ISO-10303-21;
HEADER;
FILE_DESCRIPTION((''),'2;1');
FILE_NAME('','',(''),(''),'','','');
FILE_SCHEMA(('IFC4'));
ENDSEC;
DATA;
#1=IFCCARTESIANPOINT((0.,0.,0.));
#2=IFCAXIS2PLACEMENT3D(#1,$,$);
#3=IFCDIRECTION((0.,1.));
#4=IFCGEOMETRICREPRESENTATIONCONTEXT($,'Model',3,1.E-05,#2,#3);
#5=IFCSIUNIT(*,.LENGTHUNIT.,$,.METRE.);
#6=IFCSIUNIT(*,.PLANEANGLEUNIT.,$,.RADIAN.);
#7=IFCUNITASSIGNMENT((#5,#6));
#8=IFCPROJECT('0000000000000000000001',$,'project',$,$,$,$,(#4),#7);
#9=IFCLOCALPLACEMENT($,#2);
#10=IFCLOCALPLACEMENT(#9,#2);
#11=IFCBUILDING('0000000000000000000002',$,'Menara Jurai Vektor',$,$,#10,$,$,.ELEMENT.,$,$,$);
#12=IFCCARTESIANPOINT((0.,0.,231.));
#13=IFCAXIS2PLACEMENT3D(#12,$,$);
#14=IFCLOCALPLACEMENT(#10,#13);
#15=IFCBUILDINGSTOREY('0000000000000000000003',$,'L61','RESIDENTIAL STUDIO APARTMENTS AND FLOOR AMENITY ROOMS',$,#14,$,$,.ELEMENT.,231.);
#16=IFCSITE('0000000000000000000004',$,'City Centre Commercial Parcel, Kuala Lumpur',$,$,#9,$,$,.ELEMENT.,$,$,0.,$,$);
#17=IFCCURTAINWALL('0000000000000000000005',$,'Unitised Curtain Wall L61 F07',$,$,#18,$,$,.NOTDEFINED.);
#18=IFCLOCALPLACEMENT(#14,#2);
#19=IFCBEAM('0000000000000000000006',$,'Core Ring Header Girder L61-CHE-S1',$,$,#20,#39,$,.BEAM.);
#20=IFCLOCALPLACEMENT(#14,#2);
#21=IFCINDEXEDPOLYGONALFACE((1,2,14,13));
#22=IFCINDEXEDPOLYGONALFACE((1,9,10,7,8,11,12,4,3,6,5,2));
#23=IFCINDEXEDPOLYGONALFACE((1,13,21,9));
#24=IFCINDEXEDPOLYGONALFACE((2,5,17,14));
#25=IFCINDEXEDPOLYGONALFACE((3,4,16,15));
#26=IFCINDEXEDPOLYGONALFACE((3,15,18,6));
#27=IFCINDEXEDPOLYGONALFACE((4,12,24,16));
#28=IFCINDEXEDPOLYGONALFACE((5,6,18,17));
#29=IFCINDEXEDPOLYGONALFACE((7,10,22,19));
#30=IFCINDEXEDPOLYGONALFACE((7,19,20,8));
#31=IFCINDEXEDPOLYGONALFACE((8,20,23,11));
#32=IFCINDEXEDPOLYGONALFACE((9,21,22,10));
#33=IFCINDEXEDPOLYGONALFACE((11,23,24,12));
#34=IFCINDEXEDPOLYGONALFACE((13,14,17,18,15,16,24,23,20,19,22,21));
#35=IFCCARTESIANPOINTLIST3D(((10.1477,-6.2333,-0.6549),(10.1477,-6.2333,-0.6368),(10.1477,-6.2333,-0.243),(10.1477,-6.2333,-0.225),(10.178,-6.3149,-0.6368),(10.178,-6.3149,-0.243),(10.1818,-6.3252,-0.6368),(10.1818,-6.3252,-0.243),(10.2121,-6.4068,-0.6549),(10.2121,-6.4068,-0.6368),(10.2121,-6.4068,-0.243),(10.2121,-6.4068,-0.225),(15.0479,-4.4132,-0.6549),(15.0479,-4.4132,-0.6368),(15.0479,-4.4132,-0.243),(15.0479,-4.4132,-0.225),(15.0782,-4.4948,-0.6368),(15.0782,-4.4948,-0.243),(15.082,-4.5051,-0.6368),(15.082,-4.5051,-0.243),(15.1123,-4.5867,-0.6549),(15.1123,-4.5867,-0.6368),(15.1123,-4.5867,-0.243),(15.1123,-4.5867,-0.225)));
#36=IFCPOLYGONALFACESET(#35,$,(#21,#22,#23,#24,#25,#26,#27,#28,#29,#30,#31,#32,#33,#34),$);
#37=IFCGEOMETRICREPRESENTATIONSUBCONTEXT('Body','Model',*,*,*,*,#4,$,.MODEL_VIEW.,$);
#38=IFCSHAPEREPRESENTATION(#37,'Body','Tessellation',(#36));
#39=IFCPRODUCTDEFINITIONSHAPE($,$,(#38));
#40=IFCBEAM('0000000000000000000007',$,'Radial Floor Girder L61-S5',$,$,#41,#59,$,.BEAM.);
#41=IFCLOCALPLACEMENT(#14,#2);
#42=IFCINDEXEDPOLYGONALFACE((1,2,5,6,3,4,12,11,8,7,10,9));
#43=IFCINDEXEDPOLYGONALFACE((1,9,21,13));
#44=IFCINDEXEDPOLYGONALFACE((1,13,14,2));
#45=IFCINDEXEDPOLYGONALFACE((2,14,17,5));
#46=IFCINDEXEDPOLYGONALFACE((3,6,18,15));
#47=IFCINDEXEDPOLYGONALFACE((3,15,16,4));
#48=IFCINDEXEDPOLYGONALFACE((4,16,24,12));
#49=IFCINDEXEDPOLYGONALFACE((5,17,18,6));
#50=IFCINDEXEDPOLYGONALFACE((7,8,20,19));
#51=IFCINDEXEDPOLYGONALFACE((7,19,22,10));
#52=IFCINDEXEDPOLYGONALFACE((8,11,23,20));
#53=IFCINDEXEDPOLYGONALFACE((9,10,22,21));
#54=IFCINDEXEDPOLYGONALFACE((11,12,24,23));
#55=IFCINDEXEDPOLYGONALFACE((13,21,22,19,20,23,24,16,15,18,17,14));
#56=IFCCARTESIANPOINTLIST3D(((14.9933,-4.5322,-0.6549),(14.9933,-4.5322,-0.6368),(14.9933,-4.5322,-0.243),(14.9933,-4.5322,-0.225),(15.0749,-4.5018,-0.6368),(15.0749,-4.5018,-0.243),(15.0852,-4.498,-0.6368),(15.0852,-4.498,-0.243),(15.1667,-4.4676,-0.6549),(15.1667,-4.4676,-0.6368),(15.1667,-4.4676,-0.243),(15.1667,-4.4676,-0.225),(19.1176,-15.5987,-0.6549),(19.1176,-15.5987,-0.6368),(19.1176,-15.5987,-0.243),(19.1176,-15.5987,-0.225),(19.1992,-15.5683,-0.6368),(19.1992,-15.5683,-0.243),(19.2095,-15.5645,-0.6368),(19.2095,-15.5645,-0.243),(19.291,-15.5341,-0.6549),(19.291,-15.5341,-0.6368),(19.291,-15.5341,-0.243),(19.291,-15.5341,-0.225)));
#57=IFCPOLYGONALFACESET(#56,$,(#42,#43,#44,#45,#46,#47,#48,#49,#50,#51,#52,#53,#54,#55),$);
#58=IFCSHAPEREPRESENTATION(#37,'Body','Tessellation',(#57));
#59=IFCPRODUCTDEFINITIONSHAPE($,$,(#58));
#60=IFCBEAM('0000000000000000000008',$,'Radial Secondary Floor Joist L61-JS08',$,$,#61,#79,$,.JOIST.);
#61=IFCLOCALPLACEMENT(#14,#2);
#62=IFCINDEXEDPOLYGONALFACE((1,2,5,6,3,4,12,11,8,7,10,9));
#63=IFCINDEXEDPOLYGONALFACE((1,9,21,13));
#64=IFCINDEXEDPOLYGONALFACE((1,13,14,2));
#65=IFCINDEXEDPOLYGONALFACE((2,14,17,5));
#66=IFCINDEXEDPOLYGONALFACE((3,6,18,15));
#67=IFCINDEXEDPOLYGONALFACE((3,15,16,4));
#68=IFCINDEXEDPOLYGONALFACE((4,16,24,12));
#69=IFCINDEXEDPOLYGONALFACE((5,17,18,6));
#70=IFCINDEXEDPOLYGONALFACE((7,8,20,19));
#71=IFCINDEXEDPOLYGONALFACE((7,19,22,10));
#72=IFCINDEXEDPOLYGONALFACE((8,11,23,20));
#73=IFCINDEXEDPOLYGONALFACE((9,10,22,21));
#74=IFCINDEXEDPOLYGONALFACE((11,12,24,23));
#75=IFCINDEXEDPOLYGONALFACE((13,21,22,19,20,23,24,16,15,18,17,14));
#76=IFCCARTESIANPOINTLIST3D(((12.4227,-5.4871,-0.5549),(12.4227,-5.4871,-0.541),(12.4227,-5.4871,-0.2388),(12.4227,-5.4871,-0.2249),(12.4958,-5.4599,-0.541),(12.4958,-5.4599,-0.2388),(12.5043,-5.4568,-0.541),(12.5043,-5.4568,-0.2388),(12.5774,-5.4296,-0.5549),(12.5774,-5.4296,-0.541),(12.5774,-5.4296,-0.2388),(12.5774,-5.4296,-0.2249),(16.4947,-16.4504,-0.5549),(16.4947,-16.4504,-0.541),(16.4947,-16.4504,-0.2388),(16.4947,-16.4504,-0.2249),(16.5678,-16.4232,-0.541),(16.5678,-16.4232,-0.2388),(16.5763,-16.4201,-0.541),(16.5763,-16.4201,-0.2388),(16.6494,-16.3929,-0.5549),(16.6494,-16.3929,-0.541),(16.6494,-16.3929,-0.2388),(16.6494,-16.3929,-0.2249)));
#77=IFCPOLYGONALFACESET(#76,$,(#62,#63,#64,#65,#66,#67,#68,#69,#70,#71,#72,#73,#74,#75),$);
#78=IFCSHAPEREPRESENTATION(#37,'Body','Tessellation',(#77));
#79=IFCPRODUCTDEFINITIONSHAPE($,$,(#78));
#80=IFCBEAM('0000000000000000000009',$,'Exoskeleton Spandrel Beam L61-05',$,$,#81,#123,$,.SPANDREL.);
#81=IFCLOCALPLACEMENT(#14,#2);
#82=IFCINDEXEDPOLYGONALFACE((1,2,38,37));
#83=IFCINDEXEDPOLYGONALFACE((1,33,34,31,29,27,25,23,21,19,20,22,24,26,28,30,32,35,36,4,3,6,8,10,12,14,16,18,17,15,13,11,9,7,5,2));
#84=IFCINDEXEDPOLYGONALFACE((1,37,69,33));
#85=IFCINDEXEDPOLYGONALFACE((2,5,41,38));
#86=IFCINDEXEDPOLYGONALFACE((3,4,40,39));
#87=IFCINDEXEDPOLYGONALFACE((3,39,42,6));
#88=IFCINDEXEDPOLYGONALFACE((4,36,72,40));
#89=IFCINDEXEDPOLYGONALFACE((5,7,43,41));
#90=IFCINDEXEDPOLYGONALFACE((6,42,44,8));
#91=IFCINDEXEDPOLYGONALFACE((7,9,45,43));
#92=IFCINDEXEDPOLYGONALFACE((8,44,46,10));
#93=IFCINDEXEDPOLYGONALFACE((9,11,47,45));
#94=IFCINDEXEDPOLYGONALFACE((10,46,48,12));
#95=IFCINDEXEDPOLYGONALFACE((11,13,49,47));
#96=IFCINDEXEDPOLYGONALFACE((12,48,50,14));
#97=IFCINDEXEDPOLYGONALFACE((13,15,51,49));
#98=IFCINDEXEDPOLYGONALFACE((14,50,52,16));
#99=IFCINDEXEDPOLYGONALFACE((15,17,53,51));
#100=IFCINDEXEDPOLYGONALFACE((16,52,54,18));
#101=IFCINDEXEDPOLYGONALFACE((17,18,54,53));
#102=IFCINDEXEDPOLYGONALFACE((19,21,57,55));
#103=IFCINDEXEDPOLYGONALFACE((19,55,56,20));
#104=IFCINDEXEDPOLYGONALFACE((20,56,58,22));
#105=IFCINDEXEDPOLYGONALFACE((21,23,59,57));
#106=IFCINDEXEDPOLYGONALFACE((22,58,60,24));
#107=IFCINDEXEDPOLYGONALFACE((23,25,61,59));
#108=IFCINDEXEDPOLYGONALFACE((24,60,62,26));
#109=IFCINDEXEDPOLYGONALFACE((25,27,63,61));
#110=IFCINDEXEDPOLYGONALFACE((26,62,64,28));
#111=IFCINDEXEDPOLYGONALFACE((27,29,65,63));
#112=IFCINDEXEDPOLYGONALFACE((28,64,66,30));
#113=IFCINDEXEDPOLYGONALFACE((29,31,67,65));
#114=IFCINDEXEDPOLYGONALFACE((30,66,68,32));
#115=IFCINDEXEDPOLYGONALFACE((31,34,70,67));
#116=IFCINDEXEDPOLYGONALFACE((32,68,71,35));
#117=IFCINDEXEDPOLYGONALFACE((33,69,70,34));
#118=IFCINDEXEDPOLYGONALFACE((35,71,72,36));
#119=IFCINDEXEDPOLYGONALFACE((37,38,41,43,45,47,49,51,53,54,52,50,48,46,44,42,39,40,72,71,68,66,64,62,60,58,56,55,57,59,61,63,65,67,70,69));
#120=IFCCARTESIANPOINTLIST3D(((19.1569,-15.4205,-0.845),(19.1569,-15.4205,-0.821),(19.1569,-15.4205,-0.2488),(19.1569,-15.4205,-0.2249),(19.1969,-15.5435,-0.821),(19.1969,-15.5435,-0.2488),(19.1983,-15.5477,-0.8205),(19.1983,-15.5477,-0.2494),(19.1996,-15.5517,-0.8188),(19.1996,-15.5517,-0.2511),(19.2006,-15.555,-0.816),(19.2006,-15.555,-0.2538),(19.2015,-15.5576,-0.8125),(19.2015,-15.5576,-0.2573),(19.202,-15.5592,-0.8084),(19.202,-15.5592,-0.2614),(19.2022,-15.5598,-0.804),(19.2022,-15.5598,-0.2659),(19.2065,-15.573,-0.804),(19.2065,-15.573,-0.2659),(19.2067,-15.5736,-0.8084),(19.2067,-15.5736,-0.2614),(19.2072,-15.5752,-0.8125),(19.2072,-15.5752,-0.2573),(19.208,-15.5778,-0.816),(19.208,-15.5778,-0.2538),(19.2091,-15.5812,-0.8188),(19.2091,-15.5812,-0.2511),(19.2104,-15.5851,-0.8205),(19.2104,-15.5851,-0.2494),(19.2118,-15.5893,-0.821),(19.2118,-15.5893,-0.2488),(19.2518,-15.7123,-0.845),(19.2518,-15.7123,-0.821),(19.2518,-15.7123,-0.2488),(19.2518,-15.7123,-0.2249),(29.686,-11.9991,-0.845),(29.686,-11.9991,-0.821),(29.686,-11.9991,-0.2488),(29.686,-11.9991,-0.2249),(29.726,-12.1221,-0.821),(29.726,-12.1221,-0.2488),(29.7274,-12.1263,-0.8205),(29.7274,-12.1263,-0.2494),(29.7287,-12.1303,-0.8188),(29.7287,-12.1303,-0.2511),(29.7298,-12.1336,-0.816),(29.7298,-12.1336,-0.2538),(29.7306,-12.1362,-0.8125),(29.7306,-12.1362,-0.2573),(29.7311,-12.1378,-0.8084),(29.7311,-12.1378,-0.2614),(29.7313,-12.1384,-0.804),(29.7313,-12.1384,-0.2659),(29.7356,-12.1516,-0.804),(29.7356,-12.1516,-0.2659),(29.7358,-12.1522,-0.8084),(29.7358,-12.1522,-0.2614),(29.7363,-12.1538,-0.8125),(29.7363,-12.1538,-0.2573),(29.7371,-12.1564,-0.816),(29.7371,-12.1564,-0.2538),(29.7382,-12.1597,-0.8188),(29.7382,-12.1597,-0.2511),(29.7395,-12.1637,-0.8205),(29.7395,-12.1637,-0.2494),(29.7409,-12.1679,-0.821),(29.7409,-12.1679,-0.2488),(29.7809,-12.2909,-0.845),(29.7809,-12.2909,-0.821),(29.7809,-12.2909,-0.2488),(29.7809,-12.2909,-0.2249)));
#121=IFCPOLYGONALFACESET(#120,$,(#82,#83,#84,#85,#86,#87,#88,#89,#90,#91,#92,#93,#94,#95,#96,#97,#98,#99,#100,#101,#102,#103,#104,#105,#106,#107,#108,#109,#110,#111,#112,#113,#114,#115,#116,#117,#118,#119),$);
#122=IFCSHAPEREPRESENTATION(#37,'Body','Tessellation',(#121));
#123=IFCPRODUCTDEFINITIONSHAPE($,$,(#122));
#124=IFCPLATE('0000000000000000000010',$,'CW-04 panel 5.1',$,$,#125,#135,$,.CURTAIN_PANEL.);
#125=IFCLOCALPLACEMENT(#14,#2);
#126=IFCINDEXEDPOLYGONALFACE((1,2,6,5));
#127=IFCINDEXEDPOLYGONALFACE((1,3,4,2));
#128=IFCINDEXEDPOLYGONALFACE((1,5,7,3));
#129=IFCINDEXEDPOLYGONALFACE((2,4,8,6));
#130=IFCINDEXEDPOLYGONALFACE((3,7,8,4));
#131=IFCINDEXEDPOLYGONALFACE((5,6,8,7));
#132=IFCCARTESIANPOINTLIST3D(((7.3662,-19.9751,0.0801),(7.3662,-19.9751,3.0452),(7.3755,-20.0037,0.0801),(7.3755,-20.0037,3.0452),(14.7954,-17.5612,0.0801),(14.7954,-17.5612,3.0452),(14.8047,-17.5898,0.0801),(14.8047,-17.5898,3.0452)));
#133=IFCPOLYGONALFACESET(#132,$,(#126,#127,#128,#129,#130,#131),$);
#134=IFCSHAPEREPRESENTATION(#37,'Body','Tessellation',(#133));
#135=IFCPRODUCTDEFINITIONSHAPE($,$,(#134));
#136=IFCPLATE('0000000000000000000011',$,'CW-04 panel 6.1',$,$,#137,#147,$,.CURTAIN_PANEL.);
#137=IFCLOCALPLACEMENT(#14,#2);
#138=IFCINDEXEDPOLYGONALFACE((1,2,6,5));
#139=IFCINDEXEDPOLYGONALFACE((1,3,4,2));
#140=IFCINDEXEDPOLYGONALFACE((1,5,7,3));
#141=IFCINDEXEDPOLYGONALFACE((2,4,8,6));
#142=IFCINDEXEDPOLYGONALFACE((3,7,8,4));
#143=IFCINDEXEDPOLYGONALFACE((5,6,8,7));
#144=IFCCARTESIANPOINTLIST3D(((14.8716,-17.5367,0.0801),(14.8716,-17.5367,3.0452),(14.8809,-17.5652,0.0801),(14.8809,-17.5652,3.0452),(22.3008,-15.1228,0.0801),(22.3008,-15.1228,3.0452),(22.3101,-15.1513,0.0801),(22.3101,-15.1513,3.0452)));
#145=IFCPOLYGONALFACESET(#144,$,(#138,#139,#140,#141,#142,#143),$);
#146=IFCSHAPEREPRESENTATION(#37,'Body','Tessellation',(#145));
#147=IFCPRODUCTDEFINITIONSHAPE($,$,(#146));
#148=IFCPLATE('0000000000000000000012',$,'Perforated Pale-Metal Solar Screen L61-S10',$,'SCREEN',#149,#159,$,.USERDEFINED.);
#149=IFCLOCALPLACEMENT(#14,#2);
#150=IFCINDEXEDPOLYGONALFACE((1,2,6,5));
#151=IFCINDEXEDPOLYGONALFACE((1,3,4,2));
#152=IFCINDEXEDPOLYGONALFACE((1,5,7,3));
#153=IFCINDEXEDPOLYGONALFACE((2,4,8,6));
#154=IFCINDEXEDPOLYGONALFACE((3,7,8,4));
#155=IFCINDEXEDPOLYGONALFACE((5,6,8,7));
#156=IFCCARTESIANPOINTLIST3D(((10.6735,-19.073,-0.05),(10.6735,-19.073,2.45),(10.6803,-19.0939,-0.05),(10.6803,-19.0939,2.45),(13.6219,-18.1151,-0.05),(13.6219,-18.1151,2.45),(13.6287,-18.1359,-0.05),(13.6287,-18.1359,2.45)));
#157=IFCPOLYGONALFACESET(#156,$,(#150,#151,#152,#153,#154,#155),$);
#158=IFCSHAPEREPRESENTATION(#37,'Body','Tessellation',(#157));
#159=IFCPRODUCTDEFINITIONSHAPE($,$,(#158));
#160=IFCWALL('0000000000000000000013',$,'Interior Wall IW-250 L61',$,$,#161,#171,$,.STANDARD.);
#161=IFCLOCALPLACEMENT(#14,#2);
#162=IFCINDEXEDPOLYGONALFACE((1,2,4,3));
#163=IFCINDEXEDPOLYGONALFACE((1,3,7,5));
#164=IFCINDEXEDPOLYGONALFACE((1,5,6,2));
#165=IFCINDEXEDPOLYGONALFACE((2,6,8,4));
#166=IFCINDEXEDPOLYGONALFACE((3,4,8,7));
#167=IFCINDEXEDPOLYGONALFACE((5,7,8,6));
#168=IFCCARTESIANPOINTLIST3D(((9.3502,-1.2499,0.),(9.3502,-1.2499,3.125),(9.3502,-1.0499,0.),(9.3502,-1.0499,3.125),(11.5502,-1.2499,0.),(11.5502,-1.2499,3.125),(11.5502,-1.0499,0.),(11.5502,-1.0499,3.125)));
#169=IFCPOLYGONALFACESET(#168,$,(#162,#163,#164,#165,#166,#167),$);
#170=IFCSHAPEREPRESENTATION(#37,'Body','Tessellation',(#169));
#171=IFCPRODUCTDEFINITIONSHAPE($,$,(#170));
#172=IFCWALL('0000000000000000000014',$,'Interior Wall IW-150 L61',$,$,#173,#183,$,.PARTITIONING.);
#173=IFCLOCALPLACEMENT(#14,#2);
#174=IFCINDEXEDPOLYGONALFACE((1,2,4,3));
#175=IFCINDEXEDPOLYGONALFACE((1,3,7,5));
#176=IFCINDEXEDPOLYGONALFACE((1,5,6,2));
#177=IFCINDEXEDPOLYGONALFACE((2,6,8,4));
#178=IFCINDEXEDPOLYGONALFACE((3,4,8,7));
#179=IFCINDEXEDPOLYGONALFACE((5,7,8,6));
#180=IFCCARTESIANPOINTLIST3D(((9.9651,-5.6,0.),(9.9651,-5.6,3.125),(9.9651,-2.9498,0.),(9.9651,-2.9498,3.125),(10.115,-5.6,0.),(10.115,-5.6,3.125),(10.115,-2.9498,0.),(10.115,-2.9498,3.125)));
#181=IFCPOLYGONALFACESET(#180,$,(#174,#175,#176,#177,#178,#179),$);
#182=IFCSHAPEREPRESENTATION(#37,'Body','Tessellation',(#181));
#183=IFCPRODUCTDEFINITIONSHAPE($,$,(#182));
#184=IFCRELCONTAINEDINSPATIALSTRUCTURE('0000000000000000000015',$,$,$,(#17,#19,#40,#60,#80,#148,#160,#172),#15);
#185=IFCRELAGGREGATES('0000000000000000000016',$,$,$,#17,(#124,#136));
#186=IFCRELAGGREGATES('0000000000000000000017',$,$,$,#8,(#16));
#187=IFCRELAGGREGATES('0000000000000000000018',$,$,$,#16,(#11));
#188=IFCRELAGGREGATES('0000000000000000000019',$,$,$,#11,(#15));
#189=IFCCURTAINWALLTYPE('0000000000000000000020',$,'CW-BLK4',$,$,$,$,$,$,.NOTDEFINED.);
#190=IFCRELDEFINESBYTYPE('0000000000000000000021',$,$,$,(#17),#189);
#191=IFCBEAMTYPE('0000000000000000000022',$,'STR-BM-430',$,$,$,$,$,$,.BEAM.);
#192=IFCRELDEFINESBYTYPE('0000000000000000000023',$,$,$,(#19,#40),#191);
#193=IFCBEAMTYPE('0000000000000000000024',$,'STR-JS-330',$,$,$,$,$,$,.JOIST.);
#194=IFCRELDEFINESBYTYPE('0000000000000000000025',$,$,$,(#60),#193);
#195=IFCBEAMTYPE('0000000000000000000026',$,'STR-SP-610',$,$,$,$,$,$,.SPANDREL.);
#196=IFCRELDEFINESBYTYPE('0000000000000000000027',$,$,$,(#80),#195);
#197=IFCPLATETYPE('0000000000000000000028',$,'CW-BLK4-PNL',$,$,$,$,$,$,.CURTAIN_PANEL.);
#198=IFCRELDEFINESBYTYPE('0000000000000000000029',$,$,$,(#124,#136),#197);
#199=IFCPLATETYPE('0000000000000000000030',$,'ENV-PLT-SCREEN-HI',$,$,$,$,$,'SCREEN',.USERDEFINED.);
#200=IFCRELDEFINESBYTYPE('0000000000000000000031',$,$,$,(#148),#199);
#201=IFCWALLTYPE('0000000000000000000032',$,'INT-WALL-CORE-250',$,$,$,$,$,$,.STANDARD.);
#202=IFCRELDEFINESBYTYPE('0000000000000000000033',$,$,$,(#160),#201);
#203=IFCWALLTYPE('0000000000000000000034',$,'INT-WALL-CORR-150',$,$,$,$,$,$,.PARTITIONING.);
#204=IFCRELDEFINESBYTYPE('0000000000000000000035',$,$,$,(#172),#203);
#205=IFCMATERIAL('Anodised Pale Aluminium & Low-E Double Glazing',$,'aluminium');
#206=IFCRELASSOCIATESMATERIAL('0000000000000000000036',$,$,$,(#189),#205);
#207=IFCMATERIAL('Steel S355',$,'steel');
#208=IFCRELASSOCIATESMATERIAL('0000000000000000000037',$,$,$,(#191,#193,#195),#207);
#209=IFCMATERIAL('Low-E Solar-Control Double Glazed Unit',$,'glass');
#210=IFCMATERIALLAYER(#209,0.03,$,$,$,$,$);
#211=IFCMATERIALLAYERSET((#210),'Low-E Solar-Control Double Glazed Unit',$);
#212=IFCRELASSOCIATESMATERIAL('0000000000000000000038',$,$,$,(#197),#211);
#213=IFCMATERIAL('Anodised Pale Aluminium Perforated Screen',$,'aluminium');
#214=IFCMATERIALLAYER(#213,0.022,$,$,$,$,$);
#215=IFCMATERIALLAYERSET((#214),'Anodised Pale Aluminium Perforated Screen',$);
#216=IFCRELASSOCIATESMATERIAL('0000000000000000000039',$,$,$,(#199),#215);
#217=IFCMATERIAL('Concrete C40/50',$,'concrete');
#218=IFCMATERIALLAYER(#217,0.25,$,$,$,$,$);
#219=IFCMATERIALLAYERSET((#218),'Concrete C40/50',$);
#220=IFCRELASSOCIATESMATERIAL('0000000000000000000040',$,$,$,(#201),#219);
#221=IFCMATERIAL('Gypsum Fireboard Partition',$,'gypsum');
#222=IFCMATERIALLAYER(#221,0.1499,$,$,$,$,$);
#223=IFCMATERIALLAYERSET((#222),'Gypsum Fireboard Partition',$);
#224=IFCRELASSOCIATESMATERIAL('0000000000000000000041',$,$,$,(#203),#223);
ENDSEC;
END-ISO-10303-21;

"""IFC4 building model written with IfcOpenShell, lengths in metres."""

from ifc_helpers import new_model, si_unit, direction, frame, frame_2d, origin, origin_2d, place, context, subcontext, project, spatial, rectangle, i_section, extrude, material, layer, layer_set, material_profile, profile_set, type_object, element, aggregate, save


model = new_model("IFC4")

# Units and contexts
model_context = context("Model", 3, precision=1e-05, world=origin(), true_north=direction((0.0, 1.0)))
body_context = subcontext(model_context, "Body", "Model", "MODEL_VIEW")
ifc_project = project(units=[si_unit("LENGTHUNIT", "METRE"), si_unit("PLANEANGLEUNIT", "RADIAN")], contexts=[model_context])

# Site, building, storey
site_placement = place(None, origin())
site = spatial("IfcSite", under=ifc_project, at=site_placement, Name="City Centre Commercial Parcel, Kuala Lumpur", CompositionType="ELEMENT", RefElevation=0.0)
building_placement = place(site_placement, origin())
building = spatial("IfcBuilding", under=site, at=building_placement, Name="Menara Jurai Vektor", CompositionType="ELEMENT")
storey_placement = place(building_placement, frame((0.0, 0.0, 231.0)))
storey = spatial("IfcBuildingStorey", under=building, at=storey_placement, Name="L61", Description="RESIDENTIAL STUDIO APARTMENTS AND FLOOR AMENITY ROOMS", CompositionType="ELEMENT", Elevation=231.0)

# Curtain wall
ifc_material_1 = material(Name="Anodised Pale Aluminium & Low-E Double Glazing", Category="aluminium")
curtain_wall_type = type_object("IfcCurtainWallType", Name="CW-BLK4", PredefinedType="NOTDEFINED", material=ifc_material_1)
curtain_wall_placement = place(storey_placement, origin())
curtain_wall = element("IfcCurtainWall", 1, at=curtain_wall_placement, inside=storey, type_object=curtain_wall_type, Name="Unitised Curtain Wall L61 F07", PredefinedType="NOTDEFINED")

# Beams
ifc_material_2 = material(Name="Steel S355", Category="steel")
ifc_material_profile_1 = material_profile(ifc_material_2, i_section(OverallWidth=0.1851, OverallDepth=0.4299, WebThickness=0.011, FlangeThickness=0.0181, at=origin_2d()), Name="PG 430x185x76")
ifc_profile_set_1 = profile_set([ifc_material_profile_1], Name="Steel S355")
beam_type_1 = type_object("IfcBeamType", Name="STR-BM-430", PredefinedType="BEAM", material=ifc_profile_set_1)
beam_1_placement = place(storey_placement, frame((10.1799, -6.3201, -0.4399), z_axis=(0.937424, 0.348189, 0.0), x_axis=(-0.348189, 0.937424, 0.0)))
element("IfcBeam", 2, at=beam_1_placement, inside=storey, type_object=beam_type_1, Name="Core Ring Header Girder L61-CHE-S1", PredefinedType="BEAM", context=body_context, shape_type="SweptSolid", body=[
    extrude(i_section(OverallWidth=0.1851, OverallDepth=0.4299, WebThickness=0.011, FlangeThickness=0.0181, at=origin_2d()), origin(), (0.0, 0.0, 1.0), 5.2273),
])
beam_2_placement = place(storey_placement, frame((19.2043, -15.5664, -0.4399), z_axis=(-0.34922, 0.937041, 0.0), x_axis=(-0.937041, -0.34922, 0.0)))
element("IfcBeam", 3, at=beam_2_placement, inside=storey, type_object=beam_type_1, Name="Radial Floor Girder L61-S5", PredefinedType="BEAM", context=body_context, shape_type="SweptSolid", body=[
    extrude(i_section(OverallWidth=0.1851, OverallDepth=0.4299, WebThickness=0.011, FlangeThickness=0.0181, at=origin_2d()), origin(), (0.0, 0.0, 1.0), 11.8101),
])
ifc_material_profile_2 = material_profile(ifc_material_2, i_section(OverallWidth=0.165, OverallDepth=0.3301, WebThickness=0.009, FlangeThickness=0.0139, at=origin_2d()), Name="PG 330x165x46")
ifc_profile_set_2 = profile_set([ifc_material_profile_2], Name="Steel S355")
beam_type_2 = type_object("IfcBeamType", Name="STR-JS-330", PredefinedType="JOIST", material=ifc_profile_set_2)
beam_3_placement = place(storey_placement, frame((16.572, -16.4216, -0.3899), z_axis=(-0.34818, 0.937428, 0.0), x_axis=(-0.937428, -0.34818, 0.0)))
element("IfcBeam", 4, at=beam_3_placement, inside=storey, type_object=beam_type_2, Name="Radial Secondary Floor Joist L61-JS08", PredefinedType="JOIST", context=body_context, shape_type="SweptSolid", body=[
    extrude(i_section(OverallWidth=0.165, OverallDepth=0.3301, WebThickness=0.009, FlangeThickness=0.0139, at=origin_2d()), origin(), (0.0, 0.0, 1.0), 11.6951),
])
ifc_material_profile_3 = material_profile(ifc_material_2, i_section(OverallWidth=0.3069, OverallDepth=0.6201, WebThickness=0.0139, FlangeThickness=0.0239, FilletRadius=0.0171, at=origin_2d()), Name="UKB 610x305x179")
ifc_profile_set_3 = profile_set([ifc_material_profile_3], Name="Steel S355")
beam_type_3 = type_object("IfcBeamType", Name="STR-SP-610", PredefinedType="SPANDREL", material=ifc_profile_set_3)
beam_4_placement = place(storey_placement, frame((19.2043, -15.5664, -0.5349), z_axis=(0.951049, 0.309041, 0.0), x_axis=(-0.309041, 0.951049, 0.0)))
element("IfcBeam", 5, at=beam_4_placement, inside=storey, type_object=beam_type_3, Name="Exoskeleton Spandrel Beam L61-05", PredefinedType="SPANDREL", context=body_context, shape_type="SweptSolid", body=[
    extrude(i_section(OverallWidth=0.3069, OverallDepth=0.6201, WebThickness=0.0139, FlangeThickness=0.0239, FilletRadius=0.0171, at=origin_2d()), origin(), (0.0, 0.0, 1.0), 11.071),
])

# Plates
ifc_material_3 = material(Name="Low-E Solar-Control Double Glazed Unit", Category="glass")
ifc_layer_1 = layer(ifc_material_3, 0.03)
ifc_layer_set_1 = layer_set([ifc_layer_1], Name="Low-E Solar-Control Double Glazed Unit")
plate_type_1 = type_object("IfcPlateType", Name="CW-BLK4-PNL", PredefinedType="CURTAIN_PANEL", material=ifc_layer_set_1)
plate_1_placement = place(storey_placement, frame((11.0854, -18.7825, 0.0801), z_axis=(0.0, 0.0, 1.0), x_axis=(0.951056, 0.309017, 0.0)))
plate_1 = element("IfcPlate", 6, at=plate_1_placement, type_object=plate_type_1, Name="CW-04 panel 5.1", PredefinedType="CURTAIN_PANEL", context=body_context, shape_type="SweptSolid", body=[
    extrude(rectangle(XDim=7.8115, YDim=0.03, at=origin_2d()), origin(), (0.0, 0.0, 1.0), 2.9651),
])
plate_2_placement = place(storey_placement, frame((18.5908, -16.344, 0.0801), z_axis=(0.0, 0.0, 1.0), x_axis=(0.951056, 0.309017, 0.0)))
plate_2 = element("IfcPlate", 7, at=plate_2_placement, type_object=plate_type_1, Name="CW-04 panel 6.1", PredefinedType="CURTAIN_PANEL", context=body_context, shape_type="SweptSolid", body=[
    extrude(rectangle(XDim=7.8115, YDim=0.03, at=origin_2d()), origin(), (0.0, 0.0, 1.0), 2.9651),
])
aggregate(curtain_wall, [plate_1, plate_2])
ifc_material_4 = material(Name="Anodised Pale Aluminium Perforated Screen", Category="aluminium")
ifc_layer_2 = layer(ifc_material_4, 0.022)
ifc_layer_set_2 = layer_set([ifc_layer_2], Name="Anodised Pale Aluminium Perforated Screen")
plate_type_2 = type_object("IfcPlateType", Name="ENV-PLT-SCREEN-HI", ElementType="SCREEN", PredefinedType="USERDEFINED", material=ifc_layer_set_2)
plate_3_placement = place(storey_placement, frame((12.1511, -18.6045, -0.05), z_axis=(0.0, 0.0, 1.0), x_axis=(0.951057, 0.309017, 0.0)))
element("IfcPlate", 8, at=plate_3_placement, inside=storey, type_object=plate_type_2, Name="Perforated Pale-Metal Solar Screen L61-S10", ObjectType="SCREEN", PredefinedType="USERDEFINED", context=body_context, shape_type="SweptSolid", body=[
    extrude(rectangle(XDim=3.1001, YDim=0.022, at=origin_2d()), origin(), (0.0, 0.0, 1.0), 2.5),
])

# Walls
ifc_material_5 = material(Name="Concrete C40/50", Category="concrete")
ifc_layer_3 = layer(ifc_material_5, 0.25)
ifc_layer_set_3 = layer_set([ifc_layer_3], Name="Concrete C40/50")
wall_type_1 = type_object("IfcWallType", Name="INT-WALL-CORE-250", PredefinedType="STANDARD", material=ifc_layer_set_3)
wall_1_placement = place(storey_placement, frame((9.3501, -1.1499, 0.0), z_axis=(0.0, 0.0, 1.0), x_axis=(1.0, 0.0, 0.0)))
element("IfcWall", 9, at=wall_1_placement, inside=storey, type_object=wall_type_1, Name="Interior Wall IW-250 L61", PredefinedType="STANDARD", context=body_context, shape_type="SweptSolid", body=[
    extrude(rectangle(XDim=2.2, YDim=0.2, at=frame_2d((1.1001, 0.0))), origin(), (0.0, 0.0, 1.0), 3.125),
])
ifc_material_6 = material(Name="Gypsum Fireboard Partition", Category="gypsum")
ifc_layer_4 = layer(ifc_material_6, 0.1499)
ifc_layer_set_4 = layer_set([ifc_layer_4], Name="Gypsum Fireboard Partition")
wall_type_2 = type_object("IfcWallType", Name="INT-WALL-CORR-150", PredefinedType="PARTITIONING", material=ifc_layer_set_4)
wall_2_placement = place(storey_placement, frame((10.04, -5.6001, 0.0), z_axis=(0.0, 0.0, 1.0), x_axis=(0.0, 1.0, 0.0)))
element("IfcWall", 10, at=wall_2_placement, inside=storey, type_object=wall_type_2, Name="Interior Wall IW-150 L61", PredefinedType="PARTITIONING", context=body_context, shape_type="SweptSolid", body=[
    extrude(rectangle(XDim=2.6501, YDim=0.1499, at=frame_2d((1.3252, 0.0))), origin(), (0.0, 0.0, 1.0), 3.125),
])

save(model, "model.ifc")
